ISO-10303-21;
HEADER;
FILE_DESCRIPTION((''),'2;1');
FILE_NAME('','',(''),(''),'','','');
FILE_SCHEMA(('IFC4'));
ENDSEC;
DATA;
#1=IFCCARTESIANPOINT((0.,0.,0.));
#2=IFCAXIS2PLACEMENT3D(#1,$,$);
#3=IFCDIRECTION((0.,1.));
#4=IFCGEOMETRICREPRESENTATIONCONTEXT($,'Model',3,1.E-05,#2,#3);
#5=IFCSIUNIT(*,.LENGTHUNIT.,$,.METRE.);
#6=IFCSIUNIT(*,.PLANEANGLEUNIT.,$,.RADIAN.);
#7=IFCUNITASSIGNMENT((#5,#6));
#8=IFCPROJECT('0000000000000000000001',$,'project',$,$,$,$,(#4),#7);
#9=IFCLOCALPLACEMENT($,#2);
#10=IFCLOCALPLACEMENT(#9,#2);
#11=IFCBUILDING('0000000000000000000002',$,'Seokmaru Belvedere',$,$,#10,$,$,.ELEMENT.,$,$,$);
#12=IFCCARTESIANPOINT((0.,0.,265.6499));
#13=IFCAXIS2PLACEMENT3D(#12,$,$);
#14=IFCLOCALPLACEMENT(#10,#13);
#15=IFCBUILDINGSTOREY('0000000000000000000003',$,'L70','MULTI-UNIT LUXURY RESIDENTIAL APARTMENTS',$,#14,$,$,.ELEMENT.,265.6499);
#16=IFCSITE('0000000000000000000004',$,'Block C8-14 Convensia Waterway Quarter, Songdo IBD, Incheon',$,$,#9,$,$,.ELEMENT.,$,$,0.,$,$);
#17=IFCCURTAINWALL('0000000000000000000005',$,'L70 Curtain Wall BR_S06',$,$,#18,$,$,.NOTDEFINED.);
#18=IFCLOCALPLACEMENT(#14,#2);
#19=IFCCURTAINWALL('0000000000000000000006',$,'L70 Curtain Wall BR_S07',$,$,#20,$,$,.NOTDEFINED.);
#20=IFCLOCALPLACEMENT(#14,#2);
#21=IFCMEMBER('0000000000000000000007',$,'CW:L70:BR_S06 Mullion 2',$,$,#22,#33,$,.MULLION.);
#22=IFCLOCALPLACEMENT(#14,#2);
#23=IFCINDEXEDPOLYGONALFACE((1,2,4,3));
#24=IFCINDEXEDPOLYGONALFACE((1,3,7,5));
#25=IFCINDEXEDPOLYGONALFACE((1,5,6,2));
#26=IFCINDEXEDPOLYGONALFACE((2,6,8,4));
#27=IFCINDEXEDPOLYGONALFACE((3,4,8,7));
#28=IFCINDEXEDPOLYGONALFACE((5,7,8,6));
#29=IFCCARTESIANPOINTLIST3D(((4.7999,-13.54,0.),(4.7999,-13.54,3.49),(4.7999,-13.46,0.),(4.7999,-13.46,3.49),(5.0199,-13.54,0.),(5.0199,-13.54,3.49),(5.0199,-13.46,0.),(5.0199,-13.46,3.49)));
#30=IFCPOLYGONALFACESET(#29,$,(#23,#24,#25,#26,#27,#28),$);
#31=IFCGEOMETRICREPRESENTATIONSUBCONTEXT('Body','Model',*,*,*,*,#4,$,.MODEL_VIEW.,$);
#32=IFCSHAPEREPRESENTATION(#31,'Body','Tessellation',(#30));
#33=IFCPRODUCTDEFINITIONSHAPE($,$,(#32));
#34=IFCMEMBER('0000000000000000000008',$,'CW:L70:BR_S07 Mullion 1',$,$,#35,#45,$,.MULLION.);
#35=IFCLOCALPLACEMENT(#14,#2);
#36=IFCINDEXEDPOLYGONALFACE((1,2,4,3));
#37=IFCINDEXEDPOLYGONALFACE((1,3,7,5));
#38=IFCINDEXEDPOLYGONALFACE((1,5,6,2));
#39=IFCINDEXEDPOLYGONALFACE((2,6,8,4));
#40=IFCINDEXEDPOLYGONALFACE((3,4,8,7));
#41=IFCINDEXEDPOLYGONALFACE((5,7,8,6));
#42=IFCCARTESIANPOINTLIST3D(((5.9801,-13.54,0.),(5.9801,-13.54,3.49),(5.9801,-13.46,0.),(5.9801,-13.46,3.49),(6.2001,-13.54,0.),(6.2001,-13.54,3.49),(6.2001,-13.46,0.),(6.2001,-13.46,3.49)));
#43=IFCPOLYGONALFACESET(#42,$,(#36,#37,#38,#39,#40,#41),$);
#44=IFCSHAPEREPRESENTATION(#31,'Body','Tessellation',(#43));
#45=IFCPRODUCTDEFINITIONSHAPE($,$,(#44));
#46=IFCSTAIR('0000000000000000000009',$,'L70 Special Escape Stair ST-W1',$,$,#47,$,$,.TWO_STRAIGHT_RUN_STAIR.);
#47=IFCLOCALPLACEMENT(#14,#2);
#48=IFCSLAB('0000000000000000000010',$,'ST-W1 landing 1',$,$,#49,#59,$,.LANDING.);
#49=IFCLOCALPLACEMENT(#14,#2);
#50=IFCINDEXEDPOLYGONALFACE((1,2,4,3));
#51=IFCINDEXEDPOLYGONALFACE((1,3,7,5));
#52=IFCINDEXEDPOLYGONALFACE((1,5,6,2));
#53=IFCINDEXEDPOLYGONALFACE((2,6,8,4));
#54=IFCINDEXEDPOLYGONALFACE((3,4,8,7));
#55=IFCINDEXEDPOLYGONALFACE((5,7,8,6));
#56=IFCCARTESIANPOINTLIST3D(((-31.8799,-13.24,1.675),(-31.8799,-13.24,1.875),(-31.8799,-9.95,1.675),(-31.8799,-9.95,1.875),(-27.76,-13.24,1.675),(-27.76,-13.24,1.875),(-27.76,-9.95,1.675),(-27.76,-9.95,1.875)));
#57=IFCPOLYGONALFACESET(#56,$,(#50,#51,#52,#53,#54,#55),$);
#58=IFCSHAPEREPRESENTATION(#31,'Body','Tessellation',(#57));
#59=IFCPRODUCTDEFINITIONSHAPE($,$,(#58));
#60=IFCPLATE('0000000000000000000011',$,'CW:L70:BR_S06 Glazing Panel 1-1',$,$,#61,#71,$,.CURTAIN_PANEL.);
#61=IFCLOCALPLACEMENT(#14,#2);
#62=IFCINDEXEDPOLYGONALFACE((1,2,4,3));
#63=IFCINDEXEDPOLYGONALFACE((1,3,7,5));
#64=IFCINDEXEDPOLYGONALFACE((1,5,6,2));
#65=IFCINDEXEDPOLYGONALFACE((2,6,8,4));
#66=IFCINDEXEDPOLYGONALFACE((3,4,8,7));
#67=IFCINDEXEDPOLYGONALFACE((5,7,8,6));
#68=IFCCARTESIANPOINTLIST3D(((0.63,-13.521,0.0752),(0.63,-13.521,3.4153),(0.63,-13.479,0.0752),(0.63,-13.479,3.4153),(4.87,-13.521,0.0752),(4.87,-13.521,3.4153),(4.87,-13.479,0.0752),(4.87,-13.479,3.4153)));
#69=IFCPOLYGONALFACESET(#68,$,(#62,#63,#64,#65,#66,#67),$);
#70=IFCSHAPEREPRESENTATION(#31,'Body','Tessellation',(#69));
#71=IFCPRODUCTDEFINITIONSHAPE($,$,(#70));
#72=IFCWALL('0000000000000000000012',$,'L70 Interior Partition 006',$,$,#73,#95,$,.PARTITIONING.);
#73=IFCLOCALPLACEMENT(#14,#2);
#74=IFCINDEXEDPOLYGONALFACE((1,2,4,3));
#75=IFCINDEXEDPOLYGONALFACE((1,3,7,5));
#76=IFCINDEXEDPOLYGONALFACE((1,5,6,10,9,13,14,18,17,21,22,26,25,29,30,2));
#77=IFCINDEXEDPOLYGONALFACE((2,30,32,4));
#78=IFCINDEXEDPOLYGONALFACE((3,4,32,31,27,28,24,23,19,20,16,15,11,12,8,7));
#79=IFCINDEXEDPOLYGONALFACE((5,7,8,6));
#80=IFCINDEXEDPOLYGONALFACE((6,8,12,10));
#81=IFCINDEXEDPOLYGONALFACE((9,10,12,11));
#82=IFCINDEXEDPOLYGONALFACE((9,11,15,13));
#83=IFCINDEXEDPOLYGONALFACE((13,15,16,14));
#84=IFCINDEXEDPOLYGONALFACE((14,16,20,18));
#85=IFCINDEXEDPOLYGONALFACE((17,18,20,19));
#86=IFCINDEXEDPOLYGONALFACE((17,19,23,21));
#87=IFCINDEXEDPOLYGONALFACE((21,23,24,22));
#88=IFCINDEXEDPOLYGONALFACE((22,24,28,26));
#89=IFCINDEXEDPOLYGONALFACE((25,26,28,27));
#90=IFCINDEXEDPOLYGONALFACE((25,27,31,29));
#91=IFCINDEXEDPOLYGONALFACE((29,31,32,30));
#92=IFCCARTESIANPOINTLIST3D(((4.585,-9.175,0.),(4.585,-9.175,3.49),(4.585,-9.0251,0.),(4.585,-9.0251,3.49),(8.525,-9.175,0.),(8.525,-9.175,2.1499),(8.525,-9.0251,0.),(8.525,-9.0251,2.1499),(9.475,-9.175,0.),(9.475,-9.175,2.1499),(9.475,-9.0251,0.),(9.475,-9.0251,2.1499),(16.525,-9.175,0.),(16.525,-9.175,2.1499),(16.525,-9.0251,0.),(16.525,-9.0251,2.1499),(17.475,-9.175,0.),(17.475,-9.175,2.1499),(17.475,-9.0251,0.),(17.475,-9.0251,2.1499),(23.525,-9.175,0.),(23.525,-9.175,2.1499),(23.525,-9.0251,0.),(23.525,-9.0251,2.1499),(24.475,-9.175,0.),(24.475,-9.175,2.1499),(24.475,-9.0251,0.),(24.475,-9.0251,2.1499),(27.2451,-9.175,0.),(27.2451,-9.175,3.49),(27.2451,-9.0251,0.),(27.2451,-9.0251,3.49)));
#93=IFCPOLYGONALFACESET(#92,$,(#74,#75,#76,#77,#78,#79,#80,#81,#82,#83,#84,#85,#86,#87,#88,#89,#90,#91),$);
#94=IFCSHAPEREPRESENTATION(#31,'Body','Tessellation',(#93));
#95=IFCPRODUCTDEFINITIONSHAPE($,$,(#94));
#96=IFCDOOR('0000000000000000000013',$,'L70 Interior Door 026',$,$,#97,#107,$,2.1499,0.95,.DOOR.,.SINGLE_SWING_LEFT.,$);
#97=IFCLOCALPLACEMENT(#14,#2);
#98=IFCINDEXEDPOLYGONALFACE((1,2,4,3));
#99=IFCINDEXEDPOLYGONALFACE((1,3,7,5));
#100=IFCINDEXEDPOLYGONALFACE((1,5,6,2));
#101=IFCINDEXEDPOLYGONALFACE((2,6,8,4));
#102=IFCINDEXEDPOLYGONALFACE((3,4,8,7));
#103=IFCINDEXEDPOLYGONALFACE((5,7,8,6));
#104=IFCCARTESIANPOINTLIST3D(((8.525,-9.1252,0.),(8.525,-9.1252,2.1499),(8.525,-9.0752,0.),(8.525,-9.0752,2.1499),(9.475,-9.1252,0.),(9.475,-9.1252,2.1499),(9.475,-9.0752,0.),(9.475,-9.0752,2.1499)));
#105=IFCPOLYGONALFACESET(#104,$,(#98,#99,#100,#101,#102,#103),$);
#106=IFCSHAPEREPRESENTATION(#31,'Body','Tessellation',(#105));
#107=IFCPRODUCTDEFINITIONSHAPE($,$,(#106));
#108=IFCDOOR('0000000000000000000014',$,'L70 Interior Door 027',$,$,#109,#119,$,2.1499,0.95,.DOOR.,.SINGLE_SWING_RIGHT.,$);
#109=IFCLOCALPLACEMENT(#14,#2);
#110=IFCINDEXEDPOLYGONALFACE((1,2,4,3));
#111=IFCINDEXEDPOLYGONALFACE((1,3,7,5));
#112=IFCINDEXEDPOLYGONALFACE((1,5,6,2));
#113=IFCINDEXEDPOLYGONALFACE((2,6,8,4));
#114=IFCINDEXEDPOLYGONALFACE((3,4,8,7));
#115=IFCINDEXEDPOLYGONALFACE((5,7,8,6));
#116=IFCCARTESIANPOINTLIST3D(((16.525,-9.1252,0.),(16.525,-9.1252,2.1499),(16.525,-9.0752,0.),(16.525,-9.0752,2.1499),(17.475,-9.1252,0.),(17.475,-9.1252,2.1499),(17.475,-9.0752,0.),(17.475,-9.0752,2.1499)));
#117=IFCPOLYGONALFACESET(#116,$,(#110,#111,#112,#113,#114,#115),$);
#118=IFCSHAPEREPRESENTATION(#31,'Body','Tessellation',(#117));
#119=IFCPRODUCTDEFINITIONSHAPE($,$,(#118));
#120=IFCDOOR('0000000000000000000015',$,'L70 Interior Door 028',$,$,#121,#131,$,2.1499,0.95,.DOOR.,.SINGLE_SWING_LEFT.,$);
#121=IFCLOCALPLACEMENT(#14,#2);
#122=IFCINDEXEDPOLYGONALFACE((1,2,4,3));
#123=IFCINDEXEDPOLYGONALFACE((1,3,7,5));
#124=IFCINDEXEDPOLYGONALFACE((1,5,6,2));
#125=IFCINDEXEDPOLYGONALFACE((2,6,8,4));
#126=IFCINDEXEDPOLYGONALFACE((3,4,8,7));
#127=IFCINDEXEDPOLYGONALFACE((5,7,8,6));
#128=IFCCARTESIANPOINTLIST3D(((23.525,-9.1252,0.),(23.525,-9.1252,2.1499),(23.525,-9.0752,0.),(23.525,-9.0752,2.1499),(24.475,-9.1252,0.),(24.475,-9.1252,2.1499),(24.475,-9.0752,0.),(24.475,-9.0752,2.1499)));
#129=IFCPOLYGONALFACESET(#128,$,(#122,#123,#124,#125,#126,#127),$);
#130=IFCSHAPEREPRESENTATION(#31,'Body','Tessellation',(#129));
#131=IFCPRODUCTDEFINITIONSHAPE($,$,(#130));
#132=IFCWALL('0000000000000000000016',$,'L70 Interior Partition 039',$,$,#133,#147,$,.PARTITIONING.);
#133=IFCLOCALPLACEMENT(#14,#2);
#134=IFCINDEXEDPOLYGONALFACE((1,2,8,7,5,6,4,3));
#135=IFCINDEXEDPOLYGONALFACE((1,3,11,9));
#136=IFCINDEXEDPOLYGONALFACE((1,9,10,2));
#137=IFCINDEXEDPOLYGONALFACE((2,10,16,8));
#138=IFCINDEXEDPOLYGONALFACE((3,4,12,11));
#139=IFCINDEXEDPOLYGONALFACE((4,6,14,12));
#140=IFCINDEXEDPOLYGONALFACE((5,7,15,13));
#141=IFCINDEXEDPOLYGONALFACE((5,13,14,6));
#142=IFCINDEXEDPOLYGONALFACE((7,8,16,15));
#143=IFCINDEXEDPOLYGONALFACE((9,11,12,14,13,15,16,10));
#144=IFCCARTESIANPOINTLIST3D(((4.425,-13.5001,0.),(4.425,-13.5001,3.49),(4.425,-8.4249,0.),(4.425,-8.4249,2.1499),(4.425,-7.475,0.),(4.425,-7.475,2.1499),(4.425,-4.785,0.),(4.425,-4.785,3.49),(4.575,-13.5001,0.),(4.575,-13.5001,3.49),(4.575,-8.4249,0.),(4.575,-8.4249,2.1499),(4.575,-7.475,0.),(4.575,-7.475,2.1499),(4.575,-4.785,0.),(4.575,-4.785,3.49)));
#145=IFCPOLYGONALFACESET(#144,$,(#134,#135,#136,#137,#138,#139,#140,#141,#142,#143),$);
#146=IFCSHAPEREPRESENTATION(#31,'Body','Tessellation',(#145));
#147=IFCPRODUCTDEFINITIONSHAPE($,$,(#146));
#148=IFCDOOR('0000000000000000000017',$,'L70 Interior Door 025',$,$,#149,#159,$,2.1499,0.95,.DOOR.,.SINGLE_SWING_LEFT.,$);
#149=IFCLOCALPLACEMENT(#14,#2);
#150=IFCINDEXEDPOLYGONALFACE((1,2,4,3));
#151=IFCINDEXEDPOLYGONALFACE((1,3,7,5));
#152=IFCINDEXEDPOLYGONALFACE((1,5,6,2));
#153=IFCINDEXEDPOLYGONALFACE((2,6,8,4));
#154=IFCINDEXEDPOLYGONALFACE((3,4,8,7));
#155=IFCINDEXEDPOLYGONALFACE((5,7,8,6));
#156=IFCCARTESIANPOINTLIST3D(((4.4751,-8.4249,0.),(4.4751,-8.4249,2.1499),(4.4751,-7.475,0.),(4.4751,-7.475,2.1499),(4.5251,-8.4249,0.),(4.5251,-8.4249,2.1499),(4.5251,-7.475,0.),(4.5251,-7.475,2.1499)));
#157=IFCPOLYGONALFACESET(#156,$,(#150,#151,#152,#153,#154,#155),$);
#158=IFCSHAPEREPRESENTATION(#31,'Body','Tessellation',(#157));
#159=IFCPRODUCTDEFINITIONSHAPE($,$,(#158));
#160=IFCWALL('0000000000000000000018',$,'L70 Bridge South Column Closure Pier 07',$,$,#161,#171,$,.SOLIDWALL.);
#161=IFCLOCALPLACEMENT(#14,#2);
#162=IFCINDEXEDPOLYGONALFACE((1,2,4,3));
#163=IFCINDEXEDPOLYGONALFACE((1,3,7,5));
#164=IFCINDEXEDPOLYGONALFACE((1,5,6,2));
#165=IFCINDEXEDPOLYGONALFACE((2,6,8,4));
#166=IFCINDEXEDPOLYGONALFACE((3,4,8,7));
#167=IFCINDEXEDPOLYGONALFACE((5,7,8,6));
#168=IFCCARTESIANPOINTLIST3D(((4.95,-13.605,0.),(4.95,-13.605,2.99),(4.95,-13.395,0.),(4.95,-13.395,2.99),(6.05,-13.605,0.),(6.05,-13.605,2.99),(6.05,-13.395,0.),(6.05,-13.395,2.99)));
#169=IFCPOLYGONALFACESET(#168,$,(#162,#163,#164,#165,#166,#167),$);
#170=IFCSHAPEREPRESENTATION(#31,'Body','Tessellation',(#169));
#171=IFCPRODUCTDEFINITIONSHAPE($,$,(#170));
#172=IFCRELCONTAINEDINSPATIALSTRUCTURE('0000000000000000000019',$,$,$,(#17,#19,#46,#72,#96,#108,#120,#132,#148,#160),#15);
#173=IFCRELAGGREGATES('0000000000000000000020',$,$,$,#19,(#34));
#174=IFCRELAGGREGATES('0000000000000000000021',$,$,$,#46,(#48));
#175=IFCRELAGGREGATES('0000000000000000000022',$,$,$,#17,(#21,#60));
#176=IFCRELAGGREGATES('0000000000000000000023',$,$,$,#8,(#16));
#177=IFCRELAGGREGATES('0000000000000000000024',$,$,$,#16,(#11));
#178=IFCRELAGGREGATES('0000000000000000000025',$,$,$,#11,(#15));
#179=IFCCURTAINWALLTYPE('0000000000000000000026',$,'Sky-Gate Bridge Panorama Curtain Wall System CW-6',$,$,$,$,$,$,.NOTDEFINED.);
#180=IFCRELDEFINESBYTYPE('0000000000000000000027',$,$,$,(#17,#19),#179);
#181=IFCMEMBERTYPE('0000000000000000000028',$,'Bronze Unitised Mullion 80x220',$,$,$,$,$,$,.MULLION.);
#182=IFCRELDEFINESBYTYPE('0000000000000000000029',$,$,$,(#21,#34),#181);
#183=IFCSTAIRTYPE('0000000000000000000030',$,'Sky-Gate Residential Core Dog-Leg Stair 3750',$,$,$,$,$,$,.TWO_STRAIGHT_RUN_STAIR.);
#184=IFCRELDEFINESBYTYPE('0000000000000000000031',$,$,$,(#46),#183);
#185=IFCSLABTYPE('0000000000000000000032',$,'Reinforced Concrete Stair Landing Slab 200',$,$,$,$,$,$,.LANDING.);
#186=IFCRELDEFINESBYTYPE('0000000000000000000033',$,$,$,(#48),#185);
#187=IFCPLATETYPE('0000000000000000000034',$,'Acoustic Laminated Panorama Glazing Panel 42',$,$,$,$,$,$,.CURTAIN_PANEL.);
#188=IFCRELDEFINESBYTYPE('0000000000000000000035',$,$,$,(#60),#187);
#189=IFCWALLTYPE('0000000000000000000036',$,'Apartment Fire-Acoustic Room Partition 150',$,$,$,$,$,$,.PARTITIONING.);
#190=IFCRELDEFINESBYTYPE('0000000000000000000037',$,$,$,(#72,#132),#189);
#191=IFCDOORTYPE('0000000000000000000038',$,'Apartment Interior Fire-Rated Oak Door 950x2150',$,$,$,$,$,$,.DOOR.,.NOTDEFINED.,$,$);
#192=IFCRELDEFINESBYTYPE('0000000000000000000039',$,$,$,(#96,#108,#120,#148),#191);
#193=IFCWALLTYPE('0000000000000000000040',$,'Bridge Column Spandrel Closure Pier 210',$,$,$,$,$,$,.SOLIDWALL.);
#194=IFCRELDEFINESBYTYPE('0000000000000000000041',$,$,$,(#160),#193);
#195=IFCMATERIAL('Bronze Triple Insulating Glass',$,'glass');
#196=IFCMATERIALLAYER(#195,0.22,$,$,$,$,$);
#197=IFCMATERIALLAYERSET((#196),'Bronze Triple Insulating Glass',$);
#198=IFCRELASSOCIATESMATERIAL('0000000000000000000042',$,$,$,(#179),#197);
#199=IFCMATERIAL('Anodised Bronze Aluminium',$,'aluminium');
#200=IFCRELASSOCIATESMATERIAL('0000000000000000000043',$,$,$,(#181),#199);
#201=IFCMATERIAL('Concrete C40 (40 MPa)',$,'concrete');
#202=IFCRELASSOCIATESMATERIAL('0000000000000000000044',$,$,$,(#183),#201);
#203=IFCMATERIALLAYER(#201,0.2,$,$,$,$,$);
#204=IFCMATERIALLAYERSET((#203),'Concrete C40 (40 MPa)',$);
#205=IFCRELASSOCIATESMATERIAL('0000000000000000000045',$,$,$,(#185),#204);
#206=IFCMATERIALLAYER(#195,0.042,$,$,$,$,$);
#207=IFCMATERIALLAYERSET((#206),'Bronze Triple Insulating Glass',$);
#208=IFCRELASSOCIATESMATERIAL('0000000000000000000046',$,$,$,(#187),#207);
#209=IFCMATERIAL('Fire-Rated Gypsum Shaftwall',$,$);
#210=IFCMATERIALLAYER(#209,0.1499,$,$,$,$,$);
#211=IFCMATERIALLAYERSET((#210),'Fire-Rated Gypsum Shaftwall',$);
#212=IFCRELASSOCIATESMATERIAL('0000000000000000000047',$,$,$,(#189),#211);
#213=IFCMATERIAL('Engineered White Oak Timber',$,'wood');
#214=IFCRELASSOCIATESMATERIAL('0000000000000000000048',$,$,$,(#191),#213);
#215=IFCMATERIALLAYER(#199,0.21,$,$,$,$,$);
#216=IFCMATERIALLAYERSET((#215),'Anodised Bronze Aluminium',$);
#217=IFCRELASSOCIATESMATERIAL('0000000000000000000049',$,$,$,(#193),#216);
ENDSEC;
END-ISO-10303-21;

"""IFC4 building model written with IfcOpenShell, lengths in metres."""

from ifc_helpers import new_model, si_unit, direction, frame, frame_2d, origin, origin_2d, place, context, subcontext, project, spatial, polyline, rectangle, outline, extrude, source, transform, mapped, material, layer, layer_set, material_profile, profile_set, type_object, type_shapes, element, fill, aggregate, save


model = new_model("IFC4")

# Units and contexts
model_context = context("Model", 3, precision=1e-05, world=origin(), true_north=direction((0.0, 1.0)))
body_context = subcontext(model_context, "Body", "Model", "MODEL_VIEW")
ifc_project = project(units=[si_unit("LENGTHUNIT", "METRE"), si_unit("PLANEANGLEUNIT", "RADIAN")], contexts=[model_context])

# Site, building, storey
site_placement = place(None, origin())
site = spatial("IfcSite", under=ifc_project, at=site_placement, Name="Block C8-14 Convensia Waterway Quarter, Songdo IBD, Incheon", CompositionType="ELEMENT", RefElevation=0.0)
building_placement = place(site_placement, origin())
building = spatial("IfcBuilding", under=site, at=building_placement, Name="Seokmaru Belvedere", CompositionType="ELEMENT")
storey_placement = place(building_placement, frame((0.0, 0.0, 265.6499)))
storey = spatial("IfcBuildingStorey", under=building, at=storey_placement, Name="L70", Description="MULTI-UNIT LUXURY RESIDENTIAL APARTMENTS", CompositionType="ELEMENT", Elevation=265.6499)

# Curtain walls
ifc_material_1 = material(Name="Bronze Triple Insulating Glass", Category="glass")
ifc_layer_1 = layer(ifc_material_1, 0.22)
ifc_layer_set_1 = layer_set([ifc_layer_1], Name="Bronze Triple Insulating Glass")
curtain_wall_type = type_object("IfcCurtainWallType", Name="Sky-Gate Bridge Panorama Curtain Wall System CW-6", PredefinedType="NOTDEFINED", material=ifc_layer_set_1)
curtain_wall_1_placement = place(storey_placement, origin())
curtain_wall_1 = element("IfcCurtainWall", 1, at=curtain_wall_1_placement, inside=storey, type_object=curtain_wall_type, Name="L70 Curtain Wall BR_S06", PredefinedType="NOTDEFINED")
ifc_material_2 = material(Name="Anodised Bronze Aluminium", Category="aluminium")
curtain_wall_2_placement = place(storey_placement, origin())
curtain_wall_2 = element("IfcCurtainWall", 2, at=curtain_wall_2_placement, inside=storey, type_object=curtain_wall_type, Name="L70 Curtain Wall BR_S07", PredefinedType="NOTDEFINED")

# Members
ifc_material_profile_1 = material_profile(ifc_material_2, rectangle(XDim=0.0801, YDim=0.22, at=origin_2d()), Name="CW-M-80x220")
ifc_profile_set_1 = profile_set([ifc_material_profile_1], Name="Anodised Bronze Aluminium")
member_type_1 = type_object("IfcMemberType", Name="Bronze Unitised Mullion 80x220", PredefinedType="MULLION", material=ifc_profile_set_1)
shared_shape_1 = source(origin(), body_context, "Body", "SweptSolid", [
    extrude(rectangle(XDim=0.0801, YDim=0.22, at=origin_2d()), origin(), (0.0, 0.0, 1.0), 3.49),
])
type_shapes(member_type_1, [shared_shape_1])
member_1_placement = place(storey_placement, frame((4.9099, -13.5, 0.0), z_axis=(0.0, 0.0, 1.0), x_axis=(0.0, 1.0, 0.0)))
member_1 = element("IfcMember", 3, at=member_1_placement, type_object=member_type_1, Name="CW:L70:BR_S06 Mullion 2", PredefinedType="MULLION", context=body_context, shape_type="MappedRepresentation", body=[
    mapped(shared_shape_1, transform((0.0, 0.0, 0.0), scale=1.0)),
])
member_2_placement = place(storey_placement, frame((6.0901, -13.5, 0.0), z_axis=(0.0, 0.0, 1.0), x_axis=(0.0, 1.0, 0.0)))
member_2 = element("IfcMember", 4, at=member_2_placement, type_object=member_type_1, Name="CW:L70:BR_S07 Mullion 1", PredefinedType="MULLION", context=body_context, shape_type="MappedRepresentation", body=[
    mapped(shared_shape_1, transform((0.0, 0.0, 0.0), scale=1.0)),
])
aggregate(curtain_wall_2, [member_2])

# Stair, slab
ifc_material_3 = material(Name="Concrete C40 (40 MPa)", Category="concrete")
stair_type = type_object("IfcStairType", Name="Sky-Gate Residential Core Dog-Leg Stair 3750", PredefinedType="TWO_STRAIGHT_RUN_STAIR", material=ifc_material_3)
stair_placement = place(storey_placement, origin())
stair = element("IfcStair", 5, at=stair_placement, inside=storey, type_object=stair_type, Name="L70 Special Escape Stair ST-W1", PredefinedType="TWO_STRAIGHT_RUN_STAIR")
ifc_layer_2 = layer(ifc_material_3, 0.2)
ifc_layer_set_2 = layer_set([ifc_layer_2], Name="Concrete C40 (40 MPa)")
slab_type = type_object("IfcSlabType", Name="Reinforced Concrete Stair Landing Slab 200", PredefinedType="LANDING", material=ifc_layer_set_2)
slab_placement = place(storey_placement, frame((0.0, 0.0, 1.675)))
slab = element("IfcSlab", 6, at=slab_placement, type_object=slab_type, Name="ST-W1 landing 1", PredefinedType="LANDING", context=body_context, shape_type="SweptSolid", body=[
    extrude(outline(polyline([(-31.8799, -13.24), (-27.76, -13.24), (-27.76, -9.95), (-31.8799, -9.95), (-31.8799, -13.24)])), origin(), (0.0, 0.0, 1.0), 0.2),
])
aggregate(stair, [slab])

# Plate
ifc_layer_3 = layer(ifc_material_1, 0.042)
ifc_layer_set_3 = layer_set([ifc_layer_3], Name="Bronze Triple Insulating Glass")
plate_type = type_object("IfcPlateType", Name="Acoustic Laminated Panorama Glazing Panel 42", PredefinedType="CURTAIN_PANEL", material=ifc_layer_set_3)
shared_shape_2 = source(origin(), body_context, "Body", "SweptSolid", [
    extrude(rectangle(XDim=4.24, YDim=0.042, at=origin_2d()), origin(), (0.0, 0.0, 1.0), 3.3401),
])
type_shapes(plate_type, [shared_shape_2])
plate_placement = place(storey_placement, frame((2.75, -13.5, 0.0752), z_axis=(0.0, 0.0, 1.0), x_axis=(1.0, 0.0, 0.0)))
plate = element("IfcPlate", 7, at=plate_placement, type_object=plate_type, Name="CW:L70:BR_S06 Glazing Panel 1-1", PredefinedType="CURTAIN_PANEL", context=body_context, shape_type="MappedRepresentation", body=[
    mapped(shared_shape_2, transform((0.0, 0.0, 0.0), scale=1.0)),
])
aggregate(curtain_wall_1, [member_1, plate])

# Wall, openings, doors
ifc_material_4 = material(Name="Fire-Rated Gypsum Shaftwall")
ifc_layer_4 = layer(ifc_material_4, 0.1499)
ifc_layer_set_4 = layer_set([ifc_layer_4], Name="Fire-Rated Gypsum Shaftwall")
wall_type_1 = type_object("IfcWallType", Name="Apartment Fire-Acoustic Room Partition 150", PredefinedType="PARTITIONING", material=ifc_layer_set_4)
wall_1_placement = place(storey_placement, frame((4.585, -9.1001, 0.0), z_axis=(0.0, 0.0, 1.0), x_axis=(1.0, 0.0, 0.0)))
wall_1 = element("IfcWall", 8, at=wall_1_placement, inside=storey, type_object=wall_type_1, Name="L70 Interior Partition 006", PredefinedType="PARTITIONING", context=body_context, shape_type="SweptSolid", body=[
    extrude(rectangle(XDim=22.6602, YDim=0.1499, at=frame_2d((11.3301, 0.0))), origin(), (0.0, 0.0, 1.0), 3.49),
])
opening_1_placement = place(wall_1_placement, frame((3.9399, 0.0, 0.0)))
opening_1 = element("IfcOpeningElement", 9, at=opening_1_placement, cuts=wall_1, PredefinedType="OPENING", context=body_context, shape_type="SweptSolid", body=[
    extrude(rectangle(XDim=0.95, YDim=2.1499, at=frame_2d((0.4751, 1.075))), frame((0.0, 0.085, 0.0), z_axis=(0.0, -1.0, 0.0), x_axis=(1.0, 0.0, 0.0)), (0.0, 0.0, 1.0), 0.1699),
])
opening_2_placement = place(wall_1_placement, frame((11.9399, 0.0, 0.0)))
opening_2 = element("IfcOpeningElement", 10, at=opening_2_placement, cuts=wall_1, PredefinedType="OPENING", context=body_context, shape_type="SweptSolid", body=[
    extrude(rectangle(XDim=0.95, YDim=2.1499, at=frame_2d((0.4751, 1.075))), frame((0.0, 0.085, 0.0), z_axis=(0.0, -1.0, 0.0), x_axis=(1.0, 0.0, 0.0)), (0.0, 0.0, 1.0), 0.1699),
])
opening_3_placement = place(wall_1_placement, frame((18.9399, 0.0, 0.0)))
opening_3 = element("IfcOpeningElement", 11, at=opening_3_placement, cuts=wall_1, PredefinedType="OPENING", context=body_context, shape_type="SweptSolid", body=[
    extrude(rectangle(XDim=0.95, YDim=2.1499, at=frame_2d((0.4751, 1.075))), frame((0.0, 0.085, 0.0), z_axis=(0.0, -1.0, 0.0), x_axis=(1.0, 0.0, 0.0)), (0.0, 0.0, 1.0), 0.1699),
])
ifc_material_5 = material(Name="Engineered White Oak Timber", Category="wood")
door_type = type_object("IfcDoorType", Name="Apartment Interior Fire-Rated Oak Door 950x2150", OperationType="NOTDEFINED", PredefinedType="DOOR", material=ifc_material_5)
shared_shape_3 = source(origin(), body_context, "Body", "SweptSolid", [
    extrude(rectangle(XDim=0.95, YDim=2.1499, at=frame_2d((0.4751, 1.075))), frame((0.0, 0.0249, 0.0), z_axis=(0.0, -1.0, 0.0), x_axis=(1.0, 0.0, 0.0)), (0.0, 0.0, 1.0), 0.05),
])
type_shapes(door_type, [shared_shape_3])
door_1_placement = place(opening_1_placement, origin())
door_1 = element("IfcDoor", 12, at=door_1_placement, inside=storey, type_object=door_type, Name="L70 Interior Door 026", OperationType="SINGLE_SWING_LEFT", OverallHeight=2.1499, OverallWidth=0.95, PredefinedType="DOOR", context=body_context, shape_type="MappedRepresentation", body=[
    mapped(shared_shape_3, transform((0.0, 0.0, 0.0), scale=1.0)),
])
fill(opening_1, door_1)
door_2_placement = place(opening_2_placement, origin())
door_2 = element("IfcDoor", 13, at=door_2_placement, inside=storey, type_object=door_type, Name="L70 Interior Door 027", OperationType="SINGLE_SWING_RIGHT", OverallHeight=2.1499, OverallWidth=0.95, PredefinedType="DOOR", context=body_context, shape_type="MappedRepresentation", body=[
    mapped(shared_shape_3, transform((0.0, 0.0, 0.0), scale=1.0)),
])
fill(opening_2, door_2)
door_3_placement = place(opening_3_placement, origin())
door_3 = element("IfcDoor", 14, at=door_3_placement, inside=storey, type_object=door_type, Name="L70 Interior Door 028", OperationType="SINGLE_SWING_LEFT", OverallHeight=2.1499, OverallWidth=0.95, PredefinedType="DOOR", context=body_context, shape_type="MappedRepresentation", body=[
    mapped(shared_shape_3, transform((0.0, 0.0, 0.0), scale=1.0)),
])
fill(opening_3, door_3)

# Wall, opening, door
wall_2_placement = place(storey_placement, frame((4.5, -13.5, 0.0), z_axis=(0.0, 0.0, 1.0), x_axis=(0.0, 1.0, 0.0)))
wall_2 = element("IfcWall", 15, at=wall_2_placement, inside=storey, type_object=wall_type_1, Name="L70 Interior Partition 039", PredefinedType="PARTITIONING", context=body_context, shape_type="SweptSolid", body=[
    extrude(rectangle(XDim=8.7151, YDim=0.1499, at=frame_2d((4.3574, 0.0))), origin(), (0.0, 0.0, 1.0), 3.49),
])
opening_4_placement = place(wall_2_placement, frame((5.075, 0.0, 0.0)))
opening_4 = element("IfcOpeningElement", 16, at=opening_4_placement, cuts=wall_2, PredefinedType="OPENING", context=body_context, shape_type="SweptSolid", body=[
    extrude(rectangle(XDim=0.95, YDim=2.1499, at=frame_2d((0.4751, 1.075))), frame((0.0, 0.085, 0.0), z_axis=(0.0, -1.0, 0.0), x_axis=(1.0, 0.0, 0.0)), (0.0, 0.0, 1.0), 0.1699),
])
door_4_placement = place(opening_4_placement, origin())
door_4 = element("IfcDoor", 17, at=door_4_placement, inside=storey, type_object=door_type, Name="L70 Interior Door 025", OperationType="SINGLE_SWING_LEFT", OverallHeight=2.1499, OverallWidth=0.95, PredefinedType="DOOR", context=body_context, shape_type="MappedRepresentation", body=[
    mapped(shared_shape_3, transform((0.0, 0.0, 0.0), scale=1.0)),
])
fill(opening_4, door_4)

# Wall
ifc_layer_5 = layer(ifc_material_2, 0.21)
ifc_layer_set_5 = layer_set([ifc_layer_5], Name="Anodised Bronze Aluminium")
wall_type_2 = type_object("IfcWallType", Name="Bridge Column Spandrel Closure Pier 210", PredefinedType="SOLIDWALL", material=ifc_layer_set_5)
wall_3_placement = place(storey_placement, frame((4.95, -13.5, 0.0), z_axis=(0.0, 0.0, 1.0), x_axis=(1.0, 0.0, 0.0)))
element("IfcWall", 18, at=wall_3_placement, inside=storey, type_object=wall_type_2, Name="L70 Bridge South Column Closure Pier 07", PredefinedType="SOLIDWALL", context=body_context, shape_type="SweptSolid", body=[
    extrude(rectangle(XDim=1.1001, YDim=0.21, at=frame_2d((0.55, 0.0))), origin(), (0.0, 0.0, 1.0), 2.99),
])

save(model, "model.ifc")
